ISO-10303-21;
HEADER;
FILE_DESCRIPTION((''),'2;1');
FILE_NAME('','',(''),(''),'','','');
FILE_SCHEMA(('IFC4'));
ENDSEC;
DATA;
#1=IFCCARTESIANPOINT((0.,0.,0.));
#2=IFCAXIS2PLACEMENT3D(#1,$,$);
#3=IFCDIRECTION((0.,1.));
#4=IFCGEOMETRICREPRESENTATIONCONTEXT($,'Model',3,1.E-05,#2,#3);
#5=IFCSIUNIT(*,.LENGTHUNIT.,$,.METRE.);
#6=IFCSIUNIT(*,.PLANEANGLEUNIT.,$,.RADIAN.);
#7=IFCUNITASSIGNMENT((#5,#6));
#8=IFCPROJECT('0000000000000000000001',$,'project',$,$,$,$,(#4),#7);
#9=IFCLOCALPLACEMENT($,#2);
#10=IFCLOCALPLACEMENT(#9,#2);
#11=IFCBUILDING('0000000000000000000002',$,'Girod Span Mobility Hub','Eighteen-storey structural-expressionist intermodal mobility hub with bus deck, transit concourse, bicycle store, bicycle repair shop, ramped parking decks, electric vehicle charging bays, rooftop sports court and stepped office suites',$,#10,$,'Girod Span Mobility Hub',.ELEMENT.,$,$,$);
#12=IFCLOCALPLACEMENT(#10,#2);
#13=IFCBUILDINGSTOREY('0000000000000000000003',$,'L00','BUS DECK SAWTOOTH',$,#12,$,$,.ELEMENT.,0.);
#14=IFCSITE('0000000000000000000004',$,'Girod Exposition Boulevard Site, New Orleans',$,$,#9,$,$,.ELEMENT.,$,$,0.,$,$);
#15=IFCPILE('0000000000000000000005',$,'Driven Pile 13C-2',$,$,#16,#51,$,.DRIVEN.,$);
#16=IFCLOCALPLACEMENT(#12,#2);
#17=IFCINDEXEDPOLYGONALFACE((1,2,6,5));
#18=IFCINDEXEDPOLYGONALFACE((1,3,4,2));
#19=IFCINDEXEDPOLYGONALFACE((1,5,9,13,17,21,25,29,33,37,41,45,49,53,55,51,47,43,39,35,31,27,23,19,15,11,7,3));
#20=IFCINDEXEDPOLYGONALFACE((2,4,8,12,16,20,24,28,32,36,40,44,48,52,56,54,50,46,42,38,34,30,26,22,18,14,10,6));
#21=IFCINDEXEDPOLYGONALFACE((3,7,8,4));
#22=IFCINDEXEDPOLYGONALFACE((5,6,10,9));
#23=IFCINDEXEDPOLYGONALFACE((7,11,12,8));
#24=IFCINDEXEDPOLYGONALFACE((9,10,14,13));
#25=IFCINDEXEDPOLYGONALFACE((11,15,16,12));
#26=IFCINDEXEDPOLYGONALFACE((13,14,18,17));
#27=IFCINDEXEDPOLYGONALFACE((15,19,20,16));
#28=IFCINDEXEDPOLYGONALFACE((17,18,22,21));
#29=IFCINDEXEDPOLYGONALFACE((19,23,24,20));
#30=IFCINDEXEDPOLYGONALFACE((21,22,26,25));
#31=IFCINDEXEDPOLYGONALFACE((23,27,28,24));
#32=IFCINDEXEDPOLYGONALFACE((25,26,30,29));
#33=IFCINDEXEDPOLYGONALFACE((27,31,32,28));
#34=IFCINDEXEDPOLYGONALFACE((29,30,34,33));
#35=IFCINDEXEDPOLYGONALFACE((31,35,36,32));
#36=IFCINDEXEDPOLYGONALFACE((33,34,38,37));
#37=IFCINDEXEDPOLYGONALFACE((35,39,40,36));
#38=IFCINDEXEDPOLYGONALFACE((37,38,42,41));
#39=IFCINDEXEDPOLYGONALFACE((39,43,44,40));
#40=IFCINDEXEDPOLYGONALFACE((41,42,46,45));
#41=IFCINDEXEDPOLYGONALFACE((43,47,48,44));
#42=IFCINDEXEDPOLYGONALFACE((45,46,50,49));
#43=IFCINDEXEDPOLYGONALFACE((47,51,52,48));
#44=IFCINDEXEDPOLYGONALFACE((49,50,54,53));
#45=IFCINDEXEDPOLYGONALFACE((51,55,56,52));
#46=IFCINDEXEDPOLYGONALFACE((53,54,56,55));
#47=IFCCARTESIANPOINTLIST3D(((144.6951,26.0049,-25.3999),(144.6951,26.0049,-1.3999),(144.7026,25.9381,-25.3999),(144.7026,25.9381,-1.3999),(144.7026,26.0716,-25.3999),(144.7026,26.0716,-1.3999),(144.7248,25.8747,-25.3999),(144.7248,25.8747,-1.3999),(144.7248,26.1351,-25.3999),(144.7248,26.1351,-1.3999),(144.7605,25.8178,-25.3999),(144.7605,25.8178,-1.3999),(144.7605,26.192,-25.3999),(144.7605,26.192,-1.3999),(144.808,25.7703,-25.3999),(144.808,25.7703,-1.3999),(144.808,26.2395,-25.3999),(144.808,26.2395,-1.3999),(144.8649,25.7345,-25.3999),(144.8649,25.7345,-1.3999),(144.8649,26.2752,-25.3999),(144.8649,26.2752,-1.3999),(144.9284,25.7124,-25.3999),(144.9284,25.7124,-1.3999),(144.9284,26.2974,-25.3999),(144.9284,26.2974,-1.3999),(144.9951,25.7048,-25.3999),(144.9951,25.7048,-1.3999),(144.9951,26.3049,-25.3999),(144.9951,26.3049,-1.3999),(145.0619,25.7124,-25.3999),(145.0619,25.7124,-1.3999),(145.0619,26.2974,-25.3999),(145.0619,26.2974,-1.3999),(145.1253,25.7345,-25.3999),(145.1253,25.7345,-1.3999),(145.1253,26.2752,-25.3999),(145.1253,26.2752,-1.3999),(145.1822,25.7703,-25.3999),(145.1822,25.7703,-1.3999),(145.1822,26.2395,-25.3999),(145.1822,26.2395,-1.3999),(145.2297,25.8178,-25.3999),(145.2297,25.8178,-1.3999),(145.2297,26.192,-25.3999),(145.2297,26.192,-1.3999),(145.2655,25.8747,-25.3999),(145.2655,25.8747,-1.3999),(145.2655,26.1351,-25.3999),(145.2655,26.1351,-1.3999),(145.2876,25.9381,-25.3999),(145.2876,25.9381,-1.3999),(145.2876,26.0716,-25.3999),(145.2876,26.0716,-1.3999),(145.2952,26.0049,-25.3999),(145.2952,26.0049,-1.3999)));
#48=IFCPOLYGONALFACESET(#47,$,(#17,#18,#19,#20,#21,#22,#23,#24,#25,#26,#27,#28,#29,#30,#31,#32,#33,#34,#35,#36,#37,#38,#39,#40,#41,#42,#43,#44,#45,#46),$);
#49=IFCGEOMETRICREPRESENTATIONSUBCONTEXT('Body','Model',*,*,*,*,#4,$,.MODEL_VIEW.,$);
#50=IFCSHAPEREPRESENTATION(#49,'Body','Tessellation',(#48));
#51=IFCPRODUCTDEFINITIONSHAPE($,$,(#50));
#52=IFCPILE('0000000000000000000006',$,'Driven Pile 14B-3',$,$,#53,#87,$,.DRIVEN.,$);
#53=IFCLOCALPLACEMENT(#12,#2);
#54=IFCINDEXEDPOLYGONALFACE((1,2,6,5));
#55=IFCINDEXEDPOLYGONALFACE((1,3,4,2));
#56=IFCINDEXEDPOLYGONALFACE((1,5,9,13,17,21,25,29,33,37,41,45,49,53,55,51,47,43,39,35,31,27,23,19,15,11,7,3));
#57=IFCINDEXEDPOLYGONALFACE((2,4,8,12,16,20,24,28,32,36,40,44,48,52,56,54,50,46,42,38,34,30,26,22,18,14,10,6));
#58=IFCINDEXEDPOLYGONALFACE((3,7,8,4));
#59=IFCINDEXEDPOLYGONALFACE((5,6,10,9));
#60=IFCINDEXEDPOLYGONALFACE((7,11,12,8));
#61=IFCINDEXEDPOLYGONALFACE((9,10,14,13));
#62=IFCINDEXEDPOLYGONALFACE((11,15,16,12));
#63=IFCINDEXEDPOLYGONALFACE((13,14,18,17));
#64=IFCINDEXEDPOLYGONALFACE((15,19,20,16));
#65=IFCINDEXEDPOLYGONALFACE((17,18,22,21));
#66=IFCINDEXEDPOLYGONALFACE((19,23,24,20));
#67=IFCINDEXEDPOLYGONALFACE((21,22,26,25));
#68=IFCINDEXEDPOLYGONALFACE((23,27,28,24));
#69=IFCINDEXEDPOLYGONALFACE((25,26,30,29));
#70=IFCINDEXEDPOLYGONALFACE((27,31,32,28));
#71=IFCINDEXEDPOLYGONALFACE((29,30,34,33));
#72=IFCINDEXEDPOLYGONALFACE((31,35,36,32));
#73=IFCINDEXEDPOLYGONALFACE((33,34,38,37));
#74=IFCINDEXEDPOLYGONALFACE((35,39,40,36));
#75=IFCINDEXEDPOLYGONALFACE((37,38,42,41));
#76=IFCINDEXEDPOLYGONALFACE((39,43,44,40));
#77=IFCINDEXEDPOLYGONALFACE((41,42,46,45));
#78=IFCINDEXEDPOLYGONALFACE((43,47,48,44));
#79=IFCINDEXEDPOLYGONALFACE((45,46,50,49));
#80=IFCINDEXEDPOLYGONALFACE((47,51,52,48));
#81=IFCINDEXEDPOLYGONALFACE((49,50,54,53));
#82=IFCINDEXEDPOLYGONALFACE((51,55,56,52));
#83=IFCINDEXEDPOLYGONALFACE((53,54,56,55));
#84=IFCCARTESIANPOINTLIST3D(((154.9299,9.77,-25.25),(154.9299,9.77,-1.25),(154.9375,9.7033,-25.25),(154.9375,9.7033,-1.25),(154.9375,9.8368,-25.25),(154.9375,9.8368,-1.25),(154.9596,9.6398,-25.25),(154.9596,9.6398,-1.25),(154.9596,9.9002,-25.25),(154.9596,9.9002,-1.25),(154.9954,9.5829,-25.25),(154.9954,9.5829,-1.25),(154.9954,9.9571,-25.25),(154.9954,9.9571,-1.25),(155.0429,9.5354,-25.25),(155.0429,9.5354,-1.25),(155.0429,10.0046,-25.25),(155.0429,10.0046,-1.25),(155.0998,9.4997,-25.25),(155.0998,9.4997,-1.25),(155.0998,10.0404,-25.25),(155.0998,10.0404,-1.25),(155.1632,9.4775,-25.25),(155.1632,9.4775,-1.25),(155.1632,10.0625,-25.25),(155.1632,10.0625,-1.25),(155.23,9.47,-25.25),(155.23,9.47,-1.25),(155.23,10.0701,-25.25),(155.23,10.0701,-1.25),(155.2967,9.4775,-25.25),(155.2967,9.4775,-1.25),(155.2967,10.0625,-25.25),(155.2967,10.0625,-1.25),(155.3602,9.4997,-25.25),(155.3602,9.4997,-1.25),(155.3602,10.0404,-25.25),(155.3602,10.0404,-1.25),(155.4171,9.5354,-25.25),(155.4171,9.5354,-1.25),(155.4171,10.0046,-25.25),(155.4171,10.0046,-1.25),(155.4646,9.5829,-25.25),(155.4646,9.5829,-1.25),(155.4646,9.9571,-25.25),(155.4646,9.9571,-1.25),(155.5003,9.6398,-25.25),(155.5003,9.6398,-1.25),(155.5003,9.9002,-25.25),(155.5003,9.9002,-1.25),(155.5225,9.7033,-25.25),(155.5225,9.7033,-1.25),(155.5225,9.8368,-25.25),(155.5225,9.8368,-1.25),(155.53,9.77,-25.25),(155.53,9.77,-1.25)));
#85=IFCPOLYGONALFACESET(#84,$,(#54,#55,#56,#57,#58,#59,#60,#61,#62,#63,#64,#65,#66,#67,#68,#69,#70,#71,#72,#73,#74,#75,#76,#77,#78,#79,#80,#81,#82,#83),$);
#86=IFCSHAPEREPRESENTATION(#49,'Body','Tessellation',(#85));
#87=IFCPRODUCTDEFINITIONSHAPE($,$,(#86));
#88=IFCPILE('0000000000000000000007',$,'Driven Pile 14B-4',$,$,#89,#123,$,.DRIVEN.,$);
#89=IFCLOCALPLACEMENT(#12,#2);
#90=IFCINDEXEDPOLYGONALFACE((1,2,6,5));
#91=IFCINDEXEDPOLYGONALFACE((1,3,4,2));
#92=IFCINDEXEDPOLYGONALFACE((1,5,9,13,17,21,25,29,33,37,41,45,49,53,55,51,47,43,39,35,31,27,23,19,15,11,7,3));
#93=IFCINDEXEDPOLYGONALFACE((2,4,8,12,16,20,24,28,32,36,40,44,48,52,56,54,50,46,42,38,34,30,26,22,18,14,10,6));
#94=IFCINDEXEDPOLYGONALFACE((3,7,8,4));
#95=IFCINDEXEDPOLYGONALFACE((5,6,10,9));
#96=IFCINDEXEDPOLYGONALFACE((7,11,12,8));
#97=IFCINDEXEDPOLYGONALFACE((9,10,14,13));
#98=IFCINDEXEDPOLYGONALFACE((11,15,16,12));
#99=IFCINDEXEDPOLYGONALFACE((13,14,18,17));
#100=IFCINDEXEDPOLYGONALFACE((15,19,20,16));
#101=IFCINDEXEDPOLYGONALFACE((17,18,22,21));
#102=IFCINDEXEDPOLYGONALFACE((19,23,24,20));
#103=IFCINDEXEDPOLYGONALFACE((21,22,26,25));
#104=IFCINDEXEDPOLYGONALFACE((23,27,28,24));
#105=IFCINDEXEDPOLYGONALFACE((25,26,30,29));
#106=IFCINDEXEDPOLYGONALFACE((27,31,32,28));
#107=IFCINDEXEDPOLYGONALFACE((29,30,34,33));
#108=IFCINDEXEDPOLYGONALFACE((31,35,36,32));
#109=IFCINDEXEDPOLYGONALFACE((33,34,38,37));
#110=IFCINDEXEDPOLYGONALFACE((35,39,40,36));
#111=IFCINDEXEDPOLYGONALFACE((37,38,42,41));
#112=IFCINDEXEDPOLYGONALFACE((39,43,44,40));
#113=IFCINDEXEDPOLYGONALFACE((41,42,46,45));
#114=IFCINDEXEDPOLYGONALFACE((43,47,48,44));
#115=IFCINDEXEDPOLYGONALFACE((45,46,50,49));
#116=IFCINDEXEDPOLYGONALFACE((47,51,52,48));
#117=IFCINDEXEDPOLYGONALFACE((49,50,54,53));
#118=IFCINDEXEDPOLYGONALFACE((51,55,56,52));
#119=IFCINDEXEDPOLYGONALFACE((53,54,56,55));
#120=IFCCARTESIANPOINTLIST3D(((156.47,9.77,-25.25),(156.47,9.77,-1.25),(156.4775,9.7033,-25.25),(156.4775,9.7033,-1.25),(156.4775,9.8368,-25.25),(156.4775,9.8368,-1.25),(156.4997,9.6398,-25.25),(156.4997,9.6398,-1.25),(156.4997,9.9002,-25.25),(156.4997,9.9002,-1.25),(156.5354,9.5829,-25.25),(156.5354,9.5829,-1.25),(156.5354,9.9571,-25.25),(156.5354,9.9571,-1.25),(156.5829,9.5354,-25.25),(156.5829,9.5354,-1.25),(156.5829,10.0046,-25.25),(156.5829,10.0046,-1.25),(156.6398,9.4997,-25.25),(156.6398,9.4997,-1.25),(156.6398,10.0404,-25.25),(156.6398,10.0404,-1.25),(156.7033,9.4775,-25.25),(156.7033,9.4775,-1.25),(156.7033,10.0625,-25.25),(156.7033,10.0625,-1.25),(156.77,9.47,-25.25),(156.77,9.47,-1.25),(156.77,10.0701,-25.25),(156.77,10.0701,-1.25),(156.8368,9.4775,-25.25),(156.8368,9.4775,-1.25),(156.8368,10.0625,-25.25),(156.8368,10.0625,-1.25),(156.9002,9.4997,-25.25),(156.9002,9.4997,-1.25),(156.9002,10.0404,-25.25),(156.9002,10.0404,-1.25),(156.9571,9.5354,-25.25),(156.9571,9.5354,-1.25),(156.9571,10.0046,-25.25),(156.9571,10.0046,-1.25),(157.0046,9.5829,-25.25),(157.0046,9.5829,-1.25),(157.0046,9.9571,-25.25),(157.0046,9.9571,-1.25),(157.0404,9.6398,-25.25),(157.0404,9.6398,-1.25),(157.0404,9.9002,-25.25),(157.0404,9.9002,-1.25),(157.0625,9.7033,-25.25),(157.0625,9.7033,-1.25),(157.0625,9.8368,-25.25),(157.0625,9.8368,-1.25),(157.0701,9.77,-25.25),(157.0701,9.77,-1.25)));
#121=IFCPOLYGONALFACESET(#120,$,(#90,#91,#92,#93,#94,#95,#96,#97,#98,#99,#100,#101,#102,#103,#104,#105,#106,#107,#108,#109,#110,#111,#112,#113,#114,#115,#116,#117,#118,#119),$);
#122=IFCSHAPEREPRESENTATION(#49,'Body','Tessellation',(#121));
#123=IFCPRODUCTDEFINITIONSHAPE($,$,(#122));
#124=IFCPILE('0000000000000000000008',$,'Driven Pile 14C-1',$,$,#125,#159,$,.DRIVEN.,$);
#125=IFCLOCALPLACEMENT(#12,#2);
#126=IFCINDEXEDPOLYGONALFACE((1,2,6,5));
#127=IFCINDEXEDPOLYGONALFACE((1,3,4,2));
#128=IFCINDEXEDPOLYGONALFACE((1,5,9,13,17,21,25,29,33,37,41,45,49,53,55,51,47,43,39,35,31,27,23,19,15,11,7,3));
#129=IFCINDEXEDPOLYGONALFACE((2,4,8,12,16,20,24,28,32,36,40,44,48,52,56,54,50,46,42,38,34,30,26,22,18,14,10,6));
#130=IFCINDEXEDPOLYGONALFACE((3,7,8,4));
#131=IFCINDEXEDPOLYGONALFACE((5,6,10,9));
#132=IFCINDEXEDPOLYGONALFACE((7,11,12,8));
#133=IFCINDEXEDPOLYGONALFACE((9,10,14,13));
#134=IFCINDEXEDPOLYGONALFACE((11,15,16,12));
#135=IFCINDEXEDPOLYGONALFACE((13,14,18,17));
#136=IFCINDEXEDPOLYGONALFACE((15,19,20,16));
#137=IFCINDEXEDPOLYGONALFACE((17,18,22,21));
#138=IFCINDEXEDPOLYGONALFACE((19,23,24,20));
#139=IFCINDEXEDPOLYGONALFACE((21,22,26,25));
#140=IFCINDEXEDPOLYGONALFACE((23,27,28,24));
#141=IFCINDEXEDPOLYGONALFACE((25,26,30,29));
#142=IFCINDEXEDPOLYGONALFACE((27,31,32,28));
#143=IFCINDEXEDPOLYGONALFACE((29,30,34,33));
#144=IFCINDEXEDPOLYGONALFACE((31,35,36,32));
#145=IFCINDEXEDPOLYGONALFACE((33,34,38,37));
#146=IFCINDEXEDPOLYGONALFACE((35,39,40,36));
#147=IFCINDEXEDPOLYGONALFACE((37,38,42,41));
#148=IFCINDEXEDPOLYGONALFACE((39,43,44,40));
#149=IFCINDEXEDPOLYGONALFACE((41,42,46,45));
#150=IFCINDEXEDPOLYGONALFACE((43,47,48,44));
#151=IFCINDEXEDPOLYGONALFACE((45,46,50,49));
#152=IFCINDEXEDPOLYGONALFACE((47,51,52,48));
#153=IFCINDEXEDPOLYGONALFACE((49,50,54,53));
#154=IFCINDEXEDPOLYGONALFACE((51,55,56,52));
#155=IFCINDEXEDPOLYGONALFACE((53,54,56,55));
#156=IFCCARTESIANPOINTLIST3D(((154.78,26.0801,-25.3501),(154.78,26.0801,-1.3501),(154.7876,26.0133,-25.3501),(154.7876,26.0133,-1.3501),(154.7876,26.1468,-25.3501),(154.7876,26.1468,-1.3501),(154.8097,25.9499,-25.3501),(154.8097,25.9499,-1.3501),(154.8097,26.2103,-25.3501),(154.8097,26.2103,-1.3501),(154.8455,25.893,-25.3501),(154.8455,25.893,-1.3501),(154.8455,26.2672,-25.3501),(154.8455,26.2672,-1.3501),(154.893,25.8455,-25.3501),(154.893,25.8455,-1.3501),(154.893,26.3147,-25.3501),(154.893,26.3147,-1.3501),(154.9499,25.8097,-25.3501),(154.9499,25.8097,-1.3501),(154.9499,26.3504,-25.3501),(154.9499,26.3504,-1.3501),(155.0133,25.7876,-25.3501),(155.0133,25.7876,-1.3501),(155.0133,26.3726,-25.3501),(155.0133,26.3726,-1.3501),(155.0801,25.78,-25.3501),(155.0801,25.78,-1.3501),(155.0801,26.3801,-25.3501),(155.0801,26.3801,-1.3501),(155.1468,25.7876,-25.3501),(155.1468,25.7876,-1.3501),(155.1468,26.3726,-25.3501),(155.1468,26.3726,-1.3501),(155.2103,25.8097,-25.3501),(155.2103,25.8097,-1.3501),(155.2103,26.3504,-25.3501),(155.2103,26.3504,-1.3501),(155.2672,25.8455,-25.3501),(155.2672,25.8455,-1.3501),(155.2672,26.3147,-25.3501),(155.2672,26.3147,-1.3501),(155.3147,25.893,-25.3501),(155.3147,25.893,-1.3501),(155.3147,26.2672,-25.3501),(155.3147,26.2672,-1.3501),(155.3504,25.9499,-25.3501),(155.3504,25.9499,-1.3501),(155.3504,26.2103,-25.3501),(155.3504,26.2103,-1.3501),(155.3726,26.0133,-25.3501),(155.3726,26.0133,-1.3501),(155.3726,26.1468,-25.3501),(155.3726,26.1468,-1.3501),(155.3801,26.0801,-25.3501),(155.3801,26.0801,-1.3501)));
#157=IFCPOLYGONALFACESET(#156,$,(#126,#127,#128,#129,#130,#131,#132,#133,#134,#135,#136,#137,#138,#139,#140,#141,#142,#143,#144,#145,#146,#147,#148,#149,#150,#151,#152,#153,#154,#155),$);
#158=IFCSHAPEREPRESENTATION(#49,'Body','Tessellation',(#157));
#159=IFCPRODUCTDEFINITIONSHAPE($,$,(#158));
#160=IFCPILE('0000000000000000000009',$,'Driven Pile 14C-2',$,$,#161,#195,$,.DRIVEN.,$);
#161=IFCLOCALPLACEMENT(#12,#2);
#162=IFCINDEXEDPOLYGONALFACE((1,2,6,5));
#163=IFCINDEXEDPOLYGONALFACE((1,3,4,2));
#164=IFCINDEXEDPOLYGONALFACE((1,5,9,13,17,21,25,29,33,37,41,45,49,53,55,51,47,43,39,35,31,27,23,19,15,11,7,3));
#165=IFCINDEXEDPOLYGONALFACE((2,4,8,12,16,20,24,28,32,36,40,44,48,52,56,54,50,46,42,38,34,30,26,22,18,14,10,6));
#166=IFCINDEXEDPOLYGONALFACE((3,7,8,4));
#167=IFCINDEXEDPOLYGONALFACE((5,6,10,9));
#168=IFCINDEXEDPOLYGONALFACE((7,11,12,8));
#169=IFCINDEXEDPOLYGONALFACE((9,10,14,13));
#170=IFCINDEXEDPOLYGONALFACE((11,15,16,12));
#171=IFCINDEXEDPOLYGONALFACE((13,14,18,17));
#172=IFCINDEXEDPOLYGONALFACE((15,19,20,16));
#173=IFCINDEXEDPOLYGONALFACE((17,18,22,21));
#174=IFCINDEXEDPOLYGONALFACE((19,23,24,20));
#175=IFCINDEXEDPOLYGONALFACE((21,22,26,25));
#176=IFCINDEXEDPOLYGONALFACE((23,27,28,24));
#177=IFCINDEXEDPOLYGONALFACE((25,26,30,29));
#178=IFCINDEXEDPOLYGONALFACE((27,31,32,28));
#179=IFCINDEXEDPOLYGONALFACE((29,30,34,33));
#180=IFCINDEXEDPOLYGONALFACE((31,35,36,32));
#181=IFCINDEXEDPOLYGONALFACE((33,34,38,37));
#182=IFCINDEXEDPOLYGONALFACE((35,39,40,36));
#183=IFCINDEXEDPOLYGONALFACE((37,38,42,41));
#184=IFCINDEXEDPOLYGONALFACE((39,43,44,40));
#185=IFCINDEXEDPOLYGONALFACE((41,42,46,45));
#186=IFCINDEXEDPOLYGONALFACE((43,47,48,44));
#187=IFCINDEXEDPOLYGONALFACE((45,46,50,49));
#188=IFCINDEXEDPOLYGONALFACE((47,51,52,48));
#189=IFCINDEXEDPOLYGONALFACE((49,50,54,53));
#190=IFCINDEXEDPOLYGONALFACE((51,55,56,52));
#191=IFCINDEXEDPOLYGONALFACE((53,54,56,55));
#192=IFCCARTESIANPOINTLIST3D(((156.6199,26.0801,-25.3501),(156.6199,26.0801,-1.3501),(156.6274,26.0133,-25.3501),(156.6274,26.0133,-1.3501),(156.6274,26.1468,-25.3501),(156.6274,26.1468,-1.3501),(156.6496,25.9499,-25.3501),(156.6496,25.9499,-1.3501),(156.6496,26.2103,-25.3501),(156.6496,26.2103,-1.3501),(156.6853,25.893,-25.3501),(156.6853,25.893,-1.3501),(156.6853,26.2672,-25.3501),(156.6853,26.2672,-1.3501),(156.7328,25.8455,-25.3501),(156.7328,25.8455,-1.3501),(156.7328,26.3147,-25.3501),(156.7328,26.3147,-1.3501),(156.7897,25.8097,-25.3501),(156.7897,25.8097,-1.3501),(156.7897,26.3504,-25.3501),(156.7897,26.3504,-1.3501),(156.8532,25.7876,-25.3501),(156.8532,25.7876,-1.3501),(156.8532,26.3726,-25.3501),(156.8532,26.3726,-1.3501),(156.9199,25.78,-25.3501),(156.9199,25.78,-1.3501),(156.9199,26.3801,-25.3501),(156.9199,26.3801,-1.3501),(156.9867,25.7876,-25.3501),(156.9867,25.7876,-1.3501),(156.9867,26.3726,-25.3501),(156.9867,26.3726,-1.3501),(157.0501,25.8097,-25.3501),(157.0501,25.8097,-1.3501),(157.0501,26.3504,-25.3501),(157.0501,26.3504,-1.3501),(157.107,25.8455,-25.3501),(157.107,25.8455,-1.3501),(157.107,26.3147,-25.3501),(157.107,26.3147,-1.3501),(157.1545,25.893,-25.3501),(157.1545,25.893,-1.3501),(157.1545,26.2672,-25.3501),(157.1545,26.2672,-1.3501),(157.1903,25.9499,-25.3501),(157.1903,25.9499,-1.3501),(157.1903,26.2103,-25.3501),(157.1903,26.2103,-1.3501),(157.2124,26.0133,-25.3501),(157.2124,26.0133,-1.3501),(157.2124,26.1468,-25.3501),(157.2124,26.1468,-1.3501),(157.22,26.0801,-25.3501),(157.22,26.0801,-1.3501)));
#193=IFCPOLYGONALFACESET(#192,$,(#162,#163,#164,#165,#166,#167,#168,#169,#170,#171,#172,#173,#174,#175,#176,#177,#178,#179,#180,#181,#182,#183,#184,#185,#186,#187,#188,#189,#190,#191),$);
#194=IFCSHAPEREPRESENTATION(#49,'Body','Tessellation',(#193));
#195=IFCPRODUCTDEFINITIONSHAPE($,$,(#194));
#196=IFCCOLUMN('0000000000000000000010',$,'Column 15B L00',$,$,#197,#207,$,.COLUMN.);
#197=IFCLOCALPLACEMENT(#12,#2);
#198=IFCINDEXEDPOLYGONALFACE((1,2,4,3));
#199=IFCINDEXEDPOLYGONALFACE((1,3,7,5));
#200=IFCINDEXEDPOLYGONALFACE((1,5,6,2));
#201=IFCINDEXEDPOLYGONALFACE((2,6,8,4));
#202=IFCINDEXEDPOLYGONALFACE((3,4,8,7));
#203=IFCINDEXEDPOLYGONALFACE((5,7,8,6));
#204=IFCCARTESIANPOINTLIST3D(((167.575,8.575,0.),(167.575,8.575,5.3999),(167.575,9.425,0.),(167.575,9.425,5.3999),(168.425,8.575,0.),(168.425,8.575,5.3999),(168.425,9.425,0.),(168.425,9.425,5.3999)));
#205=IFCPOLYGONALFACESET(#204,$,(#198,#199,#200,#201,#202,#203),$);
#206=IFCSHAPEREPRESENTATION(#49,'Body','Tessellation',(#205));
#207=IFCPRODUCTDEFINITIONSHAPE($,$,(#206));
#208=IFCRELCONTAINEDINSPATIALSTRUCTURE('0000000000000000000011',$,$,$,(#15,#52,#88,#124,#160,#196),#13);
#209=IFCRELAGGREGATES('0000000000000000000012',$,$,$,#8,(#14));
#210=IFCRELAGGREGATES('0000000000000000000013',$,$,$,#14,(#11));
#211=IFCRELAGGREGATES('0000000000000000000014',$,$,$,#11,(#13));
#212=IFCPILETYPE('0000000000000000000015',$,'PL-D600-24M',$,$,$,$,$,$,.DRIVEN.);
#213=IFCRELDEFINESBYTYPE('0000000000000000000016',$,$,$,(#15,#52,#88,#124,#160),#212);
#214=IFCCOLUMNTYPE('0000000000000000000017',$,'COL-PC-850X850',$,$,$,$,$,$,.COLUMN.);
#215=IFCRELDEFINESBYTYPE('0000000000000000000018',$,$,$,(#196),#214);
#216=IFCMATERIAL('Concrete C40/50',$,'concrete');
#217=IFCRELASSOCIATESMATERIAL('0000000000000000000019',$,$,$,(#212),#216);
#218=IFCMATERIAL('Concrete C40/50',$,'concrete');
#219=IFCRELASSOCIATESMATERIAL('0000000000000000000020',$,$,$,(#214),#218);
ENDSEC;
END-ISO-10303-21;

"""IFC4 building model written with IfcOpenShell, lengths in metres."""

from ifc_helpers import new_model, si_unit, direction, frame, origin, origin_2d, place, context, subcontext, project, spatial, rectangle, circle, extrude, material, material_profile, profile_set, type_object, element, save


model = new_model("IFC4")

# Units and contexts
model_context = context("Model", 3, precision=1e-05, world=origin(), true_north=direction((0.0, 1.0)))
body_context = subcontext(model_context, "Body", "Model", "MODEL_VIEW")
ifc_project = project(units=[si_unit("LENGTHUNIT", "METRE"), si_unit("PLANEANGLEUNIT", "RADIAN")], contexts=[model_context])

# Site, building, storey
site_placement = place(None, origin())
site = spatial("IfcSite", under=ifc_project, at=site_placement, Name="Girod Exposition Boulevard Site, New Orleans", CompositionType="ELEMENT", RefElevation=0.0)
building_placement = place(site_placement, origin())
building = spatial("IfcBuilding", under=site, at=building_placement, Name="Girod Span Mobility Hub", Description="Eighteen-storey structural-expressionist intermodal mobility hub with bus deck, transit concourse, bicycle store, bicycle repair shop, ramped parking decks, electric vehicle charging bays, rooftop sports court and stepped office suites", LongName="Girod Span Mobility Hub", CompositionType="ELEMENT")
storey_placement = place(building_placement, origin())
storey = spatial("IfcBuildingStorey", under=building, at=storey_placement, Name="L00", Description="BUS DECK SAWTOOTH", CompositionType="ELEMENT", Elevation=0.0)

# Piles
ifc_material_1 = material(Name="Concrete C40/50", Category="concrete")
ifc_material_profile_1 = material_profile(ifc_material_1, circle(Radius=0.3, at=origin_2d()), Name="PILE-D600")
ifc_profile_set_1 = profile_set([ifc_material_profile_1], Name="Concrete C40/50")
pile_type_1 = type_object("IfcPileType", Name="PL-D600-24M", PredefinedType="DRIVEN", material=ifc_profile_set_1)
for number, where, z_axis, x_axis, name in (
    (1, (144.9951, 26.0049, -1.3999), (0.0, 0.0, -1.0), (1.0, 0.0, 0.0), "Driven Pile 13C-2"),
    (2, (155.23, 9.77, -1.25), (0.0, 0.0, -1.0), (1.0, 0.0, 0.0), "Driven Pile 14B-3"),
    (3, (156.77, 9.77, -1.25), (0.0, 0.0, -1.0), (1.0, 0.0, 0.0), "Driven Pile 14B-4"),
    (4, (155.0801, 26.0801, -1.3501), (0.0, 0.0, -1.0), (1.0, 0.0, 0.0), "Driven Pile 14C-1"),
    (5, (156.9199, 26.0801, -1.3501), (0.0, 0.0, -1.0), (1.0, 0.0, 0.0), "Driven Pile 14C-2"),
):
    element("IfcPile", number, at=place(storey_placement, frame(where, z_axis=z_axis, x_axis=x_axis)), inside=storey, type_object=pile_type_1, Name=name, PredefinedType="DRIVEN", context=body_context, shape_type="SweptSolid", body=[
        extrude(circle(Radius=0.3, at=origin_2d()), origin(), (0.0, 0.0, 1.0), 24.0),
    ])

# Column
ifc_material_2 = material(Name="Concrete C40/50", Category="concrete")
ifc_material_profile_2 = material_profile(ifc_material_2, rectangle(XDim=0.8501, YDim=0.8501, at=origin_2d()), Name="PC-COL-850X850")
ifc_profile_set_2 = profile_set([ifc_material_profile_2], Name="Concrete C40/50")
column_type_1 = type_object("IfcColumnType", Name="COL-PC-850X850", PredefinedType="COLUMN", material=ifc_profile_set_2)
column_1_placement = place(storey_placement, frame((168.0, 9.0, 0.0), z_axis=(0.0, 0.0, 1.0), x_axis=(1.0, 0.0, 0.0)))
element("IfcColumn", 6, at=column_1_placement, inside=storey, type_object=column_type_1, Name="Column 15B L00", PredefinedType="COLUMN", context=body_context, shape_type="SweptSolid", body=[
    extrude(rectangle(XDim=0.8501, YDim=0.8501, at=origin_2d()), origin(), (0.0, 0.0, 1.0), 5.3999),
])

save(model, "model.ifc")
